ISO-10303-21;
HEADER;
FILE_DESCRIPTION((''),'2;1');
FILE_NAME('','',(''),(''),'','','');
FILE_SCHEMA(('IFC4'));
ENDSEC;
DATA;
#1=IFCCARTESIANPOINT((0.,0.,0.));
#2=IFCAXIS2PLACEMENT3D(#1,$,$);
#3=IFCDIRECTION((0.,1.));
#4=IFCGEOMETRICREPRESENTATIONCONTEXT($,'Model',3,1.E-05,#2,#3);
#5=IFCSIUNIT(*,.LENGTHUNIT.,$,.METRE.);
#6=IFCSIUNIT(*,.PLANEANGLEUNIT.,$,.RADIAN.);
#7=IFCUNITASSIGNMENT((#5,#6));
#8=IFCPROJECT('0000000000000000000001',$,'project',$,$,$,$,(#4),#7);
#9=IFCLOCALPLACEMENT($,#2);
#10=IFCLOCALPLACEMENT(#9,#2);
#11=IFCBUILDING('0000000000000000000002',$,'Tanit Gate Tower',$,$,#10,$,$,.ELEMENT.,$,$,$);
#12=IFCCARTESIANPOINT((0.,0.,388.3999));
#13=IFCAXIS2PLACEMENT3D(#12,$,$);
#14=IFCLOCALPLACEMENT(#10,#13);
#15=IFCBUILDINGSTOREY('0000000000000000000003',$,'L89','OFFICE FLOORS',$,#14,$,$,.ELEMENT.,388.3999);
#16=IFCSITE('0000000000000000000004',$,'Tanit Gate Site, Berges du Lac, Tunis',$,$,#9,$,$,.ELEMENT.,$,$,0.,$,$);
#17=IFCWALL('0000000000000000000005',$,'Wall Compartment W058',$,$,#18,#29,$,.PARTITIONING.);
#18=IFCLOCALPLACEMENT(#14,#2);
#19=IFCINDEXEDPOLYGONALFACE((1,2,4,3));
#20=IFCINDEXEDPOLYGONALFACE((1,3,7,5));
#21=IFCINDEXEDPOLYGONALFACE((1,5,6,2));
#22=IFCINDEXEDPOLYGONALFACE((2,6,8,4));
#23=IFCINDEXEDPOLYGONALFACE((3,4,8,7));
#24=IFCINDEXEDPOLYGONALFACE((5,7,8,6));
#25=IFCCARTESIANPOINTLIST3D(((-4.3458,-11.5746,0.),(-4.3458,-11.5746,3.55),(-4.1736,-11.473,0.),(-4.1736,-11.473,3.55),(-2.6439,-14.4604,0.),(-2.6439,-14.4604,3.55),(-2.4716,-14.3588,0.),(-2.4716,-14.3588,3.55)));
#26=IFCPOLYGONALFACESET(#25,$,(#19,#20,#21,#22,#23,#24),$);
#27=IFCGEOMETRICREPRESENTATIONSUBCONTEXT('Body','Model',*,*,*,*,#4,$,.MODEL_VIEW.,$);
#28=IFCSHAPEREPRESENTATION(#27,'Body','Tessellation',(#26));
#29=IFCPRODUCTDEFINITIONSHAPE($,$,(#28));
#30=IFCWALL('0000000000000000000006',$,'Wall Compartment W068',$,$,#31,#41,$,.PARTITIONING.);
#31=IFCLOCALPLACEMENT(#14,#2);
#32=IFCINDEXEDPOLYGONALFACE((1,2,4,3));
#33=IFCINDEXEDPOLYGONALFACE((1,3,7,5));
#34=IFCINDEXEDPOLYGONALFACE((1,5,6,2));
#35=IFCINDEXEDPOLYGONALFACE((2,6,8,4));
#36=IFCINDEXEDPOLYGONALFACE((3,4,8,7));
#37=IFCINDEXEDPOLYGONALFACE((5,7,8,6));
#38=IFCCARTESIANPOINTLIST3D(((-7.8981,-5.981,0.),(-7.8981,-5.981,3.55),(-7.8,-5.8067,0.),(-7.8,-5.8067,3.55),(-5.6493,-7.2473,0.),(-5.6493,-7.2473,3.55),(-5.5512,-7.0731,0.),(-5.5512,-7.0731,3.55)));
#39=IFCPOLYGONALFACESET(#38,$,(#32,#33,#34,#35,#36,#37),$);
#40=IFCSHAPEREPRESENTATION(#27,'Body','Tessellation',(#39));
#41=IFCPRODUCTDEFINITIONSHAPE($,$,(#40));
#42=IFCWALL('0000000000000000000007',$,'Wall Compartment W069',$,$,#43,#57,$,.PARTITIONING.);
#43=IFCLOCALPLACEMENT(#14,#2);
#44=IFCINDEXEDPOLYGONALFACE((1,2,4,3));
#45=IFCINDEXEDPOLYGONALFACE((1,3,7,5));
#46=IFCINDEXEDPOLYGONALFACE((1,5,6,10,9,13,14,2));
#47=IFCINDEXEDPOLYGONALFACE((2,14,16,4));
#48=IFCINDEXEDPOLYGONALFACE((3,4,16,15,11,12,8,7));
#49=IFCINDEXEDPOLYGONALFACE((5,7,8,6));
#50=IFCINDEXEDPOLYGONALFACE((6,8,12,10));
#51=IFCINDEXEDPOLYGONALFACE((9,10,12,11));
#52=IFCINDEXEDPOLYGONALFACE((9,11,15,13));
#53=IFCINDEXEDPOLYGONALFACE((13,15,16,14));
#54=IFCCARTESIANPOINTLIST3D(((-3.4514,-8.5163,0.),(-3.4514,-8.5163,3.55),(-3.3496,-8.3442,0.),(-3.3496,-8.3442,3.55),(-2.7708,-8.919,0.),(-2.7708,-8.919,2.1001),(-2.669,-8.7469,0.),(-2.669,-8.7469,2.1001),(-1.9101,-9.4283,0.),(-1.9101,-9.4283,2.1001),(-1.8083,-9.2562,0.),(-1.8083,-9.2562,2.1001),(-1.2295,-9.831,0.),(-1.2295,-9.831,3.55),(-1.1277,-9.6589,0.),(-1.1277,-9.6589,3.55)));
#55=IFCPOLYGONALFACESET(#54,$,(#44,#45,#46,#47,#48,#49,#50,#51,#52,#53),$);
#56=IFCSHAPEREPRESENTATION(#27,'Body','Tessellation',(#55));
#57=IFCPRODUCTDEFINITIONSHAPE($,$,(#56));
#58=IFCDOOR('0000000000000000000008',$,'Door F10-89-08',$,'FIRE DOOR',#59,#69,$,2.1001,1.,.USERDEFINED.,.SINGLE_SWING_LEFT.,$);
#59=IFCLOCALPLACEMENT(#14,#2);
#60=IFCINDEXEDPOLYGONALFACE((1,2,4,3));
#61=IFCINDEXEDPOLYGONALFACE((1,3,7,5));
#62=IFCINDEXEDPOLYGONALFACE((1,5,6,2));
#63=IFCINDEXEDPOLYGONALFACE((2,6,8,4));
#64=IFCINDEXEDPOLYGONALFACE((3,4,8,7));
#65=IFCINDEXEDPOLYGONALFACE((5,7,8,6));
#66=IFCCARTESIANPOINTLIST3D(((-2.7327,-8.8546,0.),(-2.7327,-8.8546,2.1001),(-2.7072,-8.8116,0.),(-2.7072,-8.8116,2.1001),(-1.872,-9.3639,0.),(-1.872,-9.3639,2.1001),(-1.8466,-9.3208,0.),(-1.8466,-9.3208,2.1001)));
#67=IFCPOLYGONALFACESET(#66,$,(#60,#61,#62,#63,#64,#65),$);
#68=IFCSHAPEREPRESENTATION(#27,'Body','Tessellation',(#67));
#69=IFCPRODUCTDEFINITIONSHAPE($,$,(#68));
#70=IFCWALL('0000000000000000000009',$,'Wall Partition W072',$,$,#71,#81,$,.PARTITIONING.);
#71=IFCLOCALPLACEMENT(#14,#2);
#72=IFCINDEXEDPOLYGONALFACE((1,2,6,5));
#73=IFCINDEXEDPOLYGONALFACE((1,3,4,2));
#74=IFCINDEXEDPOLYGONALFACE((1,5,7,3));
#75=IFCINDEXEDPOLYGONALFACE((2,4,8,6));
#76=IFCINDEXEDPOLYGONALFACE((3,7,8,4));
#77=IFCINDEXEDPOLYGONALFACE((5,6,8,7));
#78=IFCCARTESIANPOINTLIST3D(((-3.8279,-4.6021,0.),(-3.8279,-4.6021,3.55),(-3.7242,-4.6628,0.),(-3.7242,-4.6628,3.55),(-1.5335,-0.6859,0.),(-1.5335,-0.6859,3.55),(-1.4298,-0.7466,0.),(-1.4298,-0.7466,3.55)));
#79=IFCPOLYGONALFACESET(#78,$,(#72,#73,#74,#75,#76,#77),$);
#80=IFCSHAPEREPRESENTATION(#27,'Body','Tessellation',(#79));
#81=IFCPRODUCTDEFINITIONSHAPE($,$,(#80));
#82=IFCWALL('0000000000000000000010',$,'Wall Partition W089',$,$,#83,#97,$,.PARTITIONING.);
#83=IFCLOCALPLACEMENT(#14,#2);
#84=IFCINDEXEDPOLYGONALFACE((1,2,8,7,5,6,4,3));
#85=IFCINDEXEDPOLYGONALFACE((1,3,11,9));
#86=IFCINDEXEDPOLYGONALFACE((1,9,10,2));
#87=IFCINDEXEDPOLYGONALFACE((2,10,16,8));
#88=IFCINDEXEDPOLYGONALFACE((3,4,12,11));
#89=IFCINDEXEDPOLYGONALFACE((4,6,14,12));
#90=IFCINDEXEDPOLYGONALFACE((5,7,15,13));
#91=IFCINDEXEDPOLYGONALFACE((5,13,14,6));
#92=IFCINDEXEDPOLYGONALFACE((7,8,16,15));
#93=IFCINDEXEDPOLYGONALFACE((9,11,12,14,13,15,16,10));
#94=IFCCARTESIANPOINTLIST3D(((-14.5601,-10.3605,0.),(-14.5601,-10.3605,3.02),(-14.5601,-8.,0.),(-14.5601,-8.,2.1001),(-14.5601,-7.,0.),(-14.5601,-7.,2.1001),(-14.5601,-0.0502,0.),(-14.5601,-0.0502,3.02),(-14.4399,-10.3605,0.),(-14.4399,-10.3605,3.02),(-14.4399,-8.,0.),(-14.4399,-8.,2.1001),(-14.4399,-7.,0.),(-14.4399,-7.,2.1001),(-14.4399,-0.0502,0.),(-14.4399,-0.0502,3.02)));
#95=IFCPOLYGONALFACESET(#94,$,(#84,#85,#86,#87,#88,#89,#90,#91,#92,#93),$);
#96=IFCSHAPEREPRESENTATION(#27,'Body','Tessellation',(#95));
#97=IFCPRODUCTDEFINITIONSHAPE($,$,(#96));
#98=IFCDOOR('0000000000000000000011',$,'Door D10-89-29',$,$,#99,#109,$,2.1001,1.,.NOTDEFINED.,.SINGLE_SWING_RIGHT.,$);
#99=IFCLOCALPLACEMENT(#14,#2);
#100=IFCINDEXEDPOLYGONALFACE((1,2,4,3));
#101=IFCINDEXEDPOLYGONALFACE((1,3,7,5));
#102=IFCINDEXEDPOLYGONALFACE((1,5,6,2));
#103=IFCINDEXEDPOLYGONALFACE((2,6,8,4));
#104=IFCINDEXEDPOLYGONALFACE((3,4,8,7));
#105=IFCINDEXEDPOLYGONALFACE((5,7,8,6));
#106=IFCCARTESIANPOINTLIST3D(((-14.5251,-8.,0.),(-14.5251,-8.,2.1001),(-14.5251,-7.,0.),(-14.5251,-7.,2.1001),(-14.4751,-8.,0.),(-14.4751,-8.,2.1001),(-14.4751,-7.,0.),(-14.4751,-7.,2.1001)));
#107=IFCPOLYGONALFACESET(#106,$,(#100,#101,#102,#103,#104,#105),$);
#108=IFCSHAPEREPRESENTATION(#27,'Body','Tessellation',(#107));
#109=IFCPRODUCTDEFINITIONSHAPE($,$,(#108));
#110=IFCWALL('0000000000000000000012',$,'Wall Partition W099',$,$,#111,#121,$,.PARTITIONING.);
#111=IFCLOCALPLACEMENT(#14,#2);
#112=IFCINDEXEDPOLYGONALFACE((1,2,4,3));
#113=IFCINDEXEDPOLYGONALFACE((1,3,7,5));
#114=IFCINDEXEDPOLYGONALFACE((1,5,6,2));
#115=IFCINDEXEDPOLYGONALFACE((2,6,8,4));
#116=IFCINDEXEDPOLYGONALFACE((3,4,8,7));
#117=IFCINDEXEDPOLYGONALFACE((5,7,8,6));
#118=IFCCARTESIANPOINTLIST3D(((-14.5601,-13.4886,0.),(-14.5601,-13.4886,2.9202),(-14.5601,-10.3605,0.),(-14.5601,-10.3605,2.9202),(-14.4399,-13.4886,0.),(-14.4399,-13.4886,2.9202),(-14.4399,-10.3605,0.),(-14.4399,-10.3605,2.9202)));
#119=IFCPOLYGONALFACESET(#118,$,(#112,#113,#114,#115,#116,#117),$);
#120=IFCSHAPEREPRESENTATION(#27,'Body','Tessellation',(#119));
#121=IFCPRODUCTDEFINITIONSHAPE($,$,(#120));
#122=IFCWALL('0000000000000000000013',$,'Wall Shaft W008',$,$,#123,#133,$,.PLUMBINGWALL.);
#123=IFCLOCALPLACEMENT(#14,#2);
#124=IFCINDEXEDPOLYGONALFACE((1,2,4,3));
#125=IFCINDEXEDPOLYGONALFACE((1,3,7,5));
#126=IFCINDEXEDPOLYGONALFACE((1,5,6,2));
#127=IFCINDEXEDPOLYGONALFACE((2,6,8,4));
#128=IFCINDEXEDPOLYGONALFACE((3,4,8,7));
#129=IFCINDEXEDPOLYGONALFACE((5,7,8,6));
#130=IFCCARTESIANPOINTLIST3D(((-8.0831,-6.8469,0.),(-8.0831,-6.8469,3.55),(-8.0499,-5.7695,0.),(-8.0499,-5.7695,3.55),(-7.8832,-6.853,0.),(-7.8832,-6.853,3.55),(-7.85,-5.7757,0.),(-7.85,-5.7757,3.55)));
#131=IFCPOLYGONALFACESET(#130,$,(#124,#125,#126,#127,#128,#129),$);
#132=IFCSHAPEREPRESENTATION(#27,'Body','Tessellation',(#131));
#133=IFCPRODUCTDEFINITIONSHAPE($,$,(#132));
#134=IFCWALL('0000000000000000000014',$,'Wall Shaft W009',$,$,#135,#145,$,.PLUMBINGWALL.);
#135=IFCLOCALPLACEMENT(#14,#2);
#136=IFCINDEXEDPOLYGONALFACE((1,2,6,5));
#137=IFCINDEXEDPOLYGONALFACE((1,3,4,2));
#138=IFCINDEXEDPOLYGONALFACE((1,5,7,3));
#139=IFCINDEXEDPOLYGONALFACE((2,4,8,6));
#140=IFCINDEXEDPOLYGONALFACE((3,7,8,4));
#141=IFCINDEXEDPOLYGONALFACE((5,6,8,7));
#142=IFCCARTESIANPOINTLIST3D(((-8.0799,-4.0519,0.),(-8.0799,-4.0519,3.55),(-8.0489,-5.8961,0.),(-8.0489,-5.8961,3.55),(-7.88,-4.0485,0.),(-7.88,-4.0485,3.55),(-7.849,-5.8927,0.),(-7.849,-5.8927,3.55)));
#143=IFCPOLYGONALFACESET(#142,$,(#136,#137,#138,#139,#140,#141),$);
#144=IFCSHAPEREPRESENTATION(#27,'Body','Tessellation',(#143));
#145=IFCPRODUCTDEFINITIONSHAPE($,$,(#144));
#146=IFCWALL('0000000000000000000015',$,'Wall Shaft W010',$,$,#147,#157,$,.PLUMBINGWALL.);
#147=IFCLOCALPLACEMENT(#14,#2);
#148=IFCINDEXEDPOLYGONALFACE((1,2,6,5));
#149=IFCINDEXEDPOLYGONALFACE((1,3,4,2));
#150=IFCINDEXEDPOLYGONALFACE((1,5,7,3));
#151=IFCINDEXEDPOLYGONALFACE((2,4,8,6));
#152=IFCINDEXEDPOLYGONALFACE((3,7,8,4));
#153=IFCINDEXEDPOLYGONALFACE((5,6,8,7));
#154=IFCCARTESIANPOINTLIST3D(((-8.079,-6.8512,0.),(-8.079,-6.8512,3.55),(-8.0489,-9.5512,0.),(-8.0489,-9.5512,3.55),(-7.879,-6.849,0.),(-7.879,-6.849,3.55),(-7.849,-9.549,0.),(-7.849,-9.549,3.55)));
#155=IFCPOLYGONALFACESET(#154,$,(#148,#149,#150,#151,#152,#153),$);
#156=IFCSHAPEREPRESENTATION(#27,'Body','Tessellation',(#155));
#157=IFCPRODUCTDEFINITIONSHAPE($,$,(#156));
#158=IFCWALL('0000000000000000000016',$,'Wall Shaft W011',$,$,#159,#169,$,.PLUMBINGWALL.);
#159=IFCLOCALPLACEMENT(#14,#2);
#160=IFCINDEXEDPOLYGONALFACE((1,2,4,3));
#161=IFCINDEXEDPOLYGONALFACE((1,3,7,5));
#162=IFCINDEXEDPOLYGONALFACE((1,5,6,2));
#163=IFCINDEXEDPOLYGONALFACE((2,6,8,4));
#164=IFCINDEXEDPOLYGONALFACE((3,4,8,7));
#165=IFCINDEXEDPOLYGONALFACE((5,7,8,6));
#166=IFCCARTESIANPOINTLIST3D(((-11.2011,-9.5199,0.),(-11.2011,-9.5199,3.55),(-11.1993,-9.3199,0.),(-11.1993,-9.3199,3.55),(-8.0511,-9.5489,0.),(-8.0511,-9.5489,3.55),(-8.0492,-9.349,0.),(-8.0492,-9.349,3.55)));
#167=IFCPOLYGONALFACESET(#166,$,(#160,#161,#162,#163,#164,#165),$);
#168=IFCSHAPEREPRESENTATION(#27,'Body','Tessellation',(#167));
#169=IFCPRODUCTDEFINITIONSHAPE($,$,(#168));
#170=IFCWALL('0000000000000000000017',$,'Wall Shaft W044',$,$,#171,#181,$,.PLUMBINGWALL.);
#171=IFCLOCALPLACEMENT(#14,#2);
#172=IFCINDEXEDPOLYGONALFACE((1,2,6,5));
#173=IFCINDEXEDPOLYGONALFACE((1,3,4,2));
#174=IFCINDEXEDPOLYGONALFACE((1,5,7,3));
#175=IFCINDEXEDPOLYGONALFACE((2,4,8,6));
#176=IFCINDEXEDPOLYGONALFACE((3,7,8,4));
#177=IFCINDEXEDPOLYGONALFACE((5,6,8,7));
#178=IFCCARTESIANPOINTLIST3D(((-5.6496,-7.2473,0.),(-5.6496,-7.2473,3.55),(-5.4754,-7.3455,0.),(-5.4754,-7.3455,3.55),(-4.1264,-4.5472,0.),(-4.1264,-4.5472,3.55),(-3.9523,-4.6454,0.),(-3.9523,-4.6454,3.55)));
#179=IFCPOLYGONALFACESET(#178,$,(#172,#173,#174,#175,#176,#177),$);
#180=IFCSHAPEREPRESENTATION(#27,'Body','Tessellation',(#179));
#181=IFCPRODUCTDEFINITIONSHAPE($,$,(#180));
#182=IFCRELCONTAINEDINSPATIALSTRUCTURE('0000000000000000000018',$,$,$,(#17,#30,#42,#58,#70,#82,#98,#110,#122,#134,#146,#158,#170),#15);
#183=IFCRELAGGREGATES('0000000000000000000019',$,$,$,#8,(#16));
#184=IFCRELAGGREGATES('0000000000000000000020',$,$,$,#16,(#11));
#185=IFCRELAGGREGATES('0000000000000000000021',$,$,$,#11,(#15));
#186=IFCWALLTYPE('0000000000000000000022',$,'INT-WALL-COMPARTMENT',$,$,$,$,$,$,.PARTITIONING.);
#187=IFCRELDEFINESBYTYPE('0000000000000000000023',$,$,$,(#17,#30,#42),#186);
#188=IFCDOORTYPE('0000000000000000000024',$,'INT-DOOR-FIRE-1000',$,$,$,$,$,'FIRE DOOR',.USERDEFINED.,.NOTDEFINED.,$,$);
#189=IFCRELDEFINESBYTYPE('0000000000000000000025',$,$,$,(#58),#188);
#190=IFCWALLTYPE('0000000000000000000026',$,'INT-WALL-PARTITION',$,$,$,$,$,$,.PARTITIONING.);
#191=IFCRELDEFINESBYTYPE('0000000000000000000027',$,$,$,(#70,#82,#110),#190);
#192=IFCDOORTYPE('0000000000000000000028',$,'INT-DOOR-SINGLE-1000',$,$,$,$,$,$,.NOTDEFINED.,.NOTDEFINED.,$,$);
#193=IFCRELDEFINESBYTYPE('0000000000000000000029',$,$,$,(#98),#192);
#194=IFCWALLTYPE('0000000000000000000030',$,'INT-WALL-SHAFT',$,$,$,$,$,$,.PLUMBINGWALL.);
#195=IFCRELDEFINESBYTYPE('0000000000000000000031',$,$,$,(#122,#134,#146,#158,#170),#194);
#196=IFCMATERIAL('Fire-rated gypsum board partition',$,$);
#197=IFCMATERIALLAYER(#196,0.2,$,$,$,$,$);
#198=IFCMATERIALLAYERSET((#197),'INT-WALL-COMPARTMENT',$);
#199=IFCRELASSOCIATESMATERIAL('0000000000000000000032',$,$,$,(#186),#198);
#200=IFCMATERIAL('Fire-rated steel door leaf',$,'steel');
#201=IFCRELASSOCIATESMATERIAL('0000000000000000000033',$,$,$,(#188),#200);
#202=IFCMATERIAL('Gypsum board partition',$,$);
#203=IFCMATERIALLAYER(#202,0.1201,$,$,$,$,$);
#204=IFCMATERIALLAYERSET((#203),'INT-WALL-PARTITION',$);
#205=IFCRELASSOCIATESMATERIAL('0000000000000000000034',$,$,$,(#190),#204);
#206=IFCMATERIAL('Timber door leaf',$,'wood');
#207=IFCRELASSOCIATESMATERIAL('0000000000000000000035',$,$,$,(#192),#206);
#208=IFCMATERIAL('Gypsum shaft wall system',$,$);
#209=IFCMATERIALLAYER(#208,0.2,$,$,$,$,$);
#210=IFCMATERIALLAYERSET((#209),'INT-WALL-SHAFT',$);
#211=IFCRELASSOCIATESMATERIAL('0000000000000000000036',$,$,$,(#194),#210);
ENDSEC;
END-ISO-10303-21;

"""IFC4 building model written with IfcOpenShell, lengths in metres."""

from ifc_helpers import new_model, si_unit, direction, frame, frame_2d, origin, place, context, subcontext, project, spatial, rectangle, extrude, material, layer, layer_set, type_object, element, fill, save


model = new_model("IFC4")

# Units and contexts
model_context = context("Model", 3, precision=1e-05, world=origin(), true_north=direction((0.0, 1.0)))
body_context = subcontext(model_context, "Body", "Model", "MODEL_VIEW")
ifc_project = project(units=[si_unit("LENGTHUNIT", "METRE"), si_unit("PLANEANGLEUNIT", "RADIAN")], contexts=[model_context])

# Site, building, storey
site_placement = place(None, origin())
site = spatial("IfcSite", under=ifc_project, at=site_placement, Name="Tanit Gate Site, Berges du Lac, Tunis", CompositionType="ELEMENT", RefElevation=0.0)
building_placement = place(site_placement, origin())
building = spatial("IfcBuilding", under=site, at=building_placement, Name="Tanit Gate Tower", CompositionType="ELEMENT")
storey_placement = place(building_placement, frame((0.0, 0.0, 388.3999)))
storey = spatial("IfcBuildingStorey", under=building, at=storey_placement, Name="L89", Description="OFFICE FLOORS", CompositionType="ELEMENT", Elevation=388.3999)

# Walls
ifc_material_1 = material(Name="Fire-rated gypsum board partition")
ifc_layer_1 = layer(ifc_material_1, 0.2)
ifc_layer_set_1 = layer_set([ifc_layer_1], Name="INT-WALL-COMPARTMENT")
wall_type_1 = type_object("IfcWallType", Name="INT-WALL-COMPARTMENT", PredefinedType="PARTITIONING", material=ifc_layer_set_1)
wall_1_placement = place(storey_placement, frame((-4.2598, -11.5237, 0.0), z_axis=(0.0, 0.0, 1.0), x_axis=(0.507997, -0.861359, 0.0)))
element("IfcWall", 1, at=wall_1_placement, inside=storey, type_object=wall_type_1, Name="Wall Compartment W058", PredefinedType="PARTITIONING", context=body_context, shape_type="SweptSolid", body=[
    extrude(rectangle(XDim=3.3503, YDim=0.2, at=frame_2d((1.6753, 0.0))), origin(), (0.0, 0.0, 1.0), 3.55),
])
wall_2_placement = place(storey_placement, frame((-7.8491, -5.8938, 0.0), z_axis=(0.0, 0.0, 1.0), x_axis=(0.87134, -0.490679, 0.0)))
element("IfcWall", 2, at=wall_2_placement, inside=storey, type_object=wall_type_1, Name="Wall Compartment W068", PredefinedType="PARTITIONING", context=body_context, shape_type="SweptSolid", body=[
    extrude(rectangle(XDim=2.5808, YDim=0.2, at=frame_2d((1.2905, 0.0))), origin(), (0.0, 0.0, 1.0), 3.55),
])

# Wall, opening, door
wall_3_placement = place(storey_placement, frame((-3.4006, -8.4302, 0.0), z_axis=(0.0, 0.0, 1.0), x_axis=(0.860631, -0.509229, 0.0)))
wall_3 = element("IfcWall", 3, at=wall_3_placement, inside=storey, type_object=wall_type_1, Name="Wall Compartment W069", PredefinedType="PARTITIONING", context=body_context, shape_type="SweptSolid", body=[
    extrude(rectangle(XDim=2.5818, YDim=0.2, at=frame_2d((1.291, 0.0))), origin(), (0.0, 0.0, 1.0), 3.55),
])
opening_1_placement = place(wall_3_placement, frame((0.791, 0.0, 0.0)))
opening_1 = element("IfcOpeningElement", 4, at=opening_1_placement, cuts=wall_3, PredefinedType="OPENING", context=body_context, shape_type="SweptSolid", body=[
    extrude(rectangle(XDim=1.0, YDim=2.1001, at=frame_2d((0.5, 1.05))), frame((0.0, 0.1099, 0.0), z_axis=(0.0, -1.0, 0.0), x_axis=(1.0, 0.0, 0.0)), (0.0, 0.0, 1.0), 0.22),
])
ifc_material_2 = material(Name="Fire-rated steel door leaf", Category="steel")
door_type_1 = type_object("IfcDoorType", Name="INT-DOOR-FIRE-1000", ElementType="FIRE DOOR", OperationType="NOTDEFINED", PredefinedType="USERDEFINED", material=ifc_material_2)
door_1_placement = place(opening_1_placement, origin())
door_1 = element("IfcDoor", 5, at=door_1_placement, inside=storey, type_object=door_type_1, Name="Door F10-89-08", ObjectType="FIRE DOOR", OperationType="SINGLE_SWING_LEFT", OverallHeight=2.1001, OverallWidth=1.0, PredefinedType="USERDEFINED", context=body_context, shape_type="SweptSolid", body=[
    extrude(rectangle(XDim=1.0, YDim=2.1001, at=frame_2d((0.5, 1.05))), frame((0.0, 0.0249, 0.0), z_axis=(0.0, -1.0, 0.0), x_axis=(1.0, 0.0, 0.0)), (0.0, 0.0, 1.0), 0.05),
])
fill(opening_1, door_1)

# Wall
ifc_material_3 = material(Name="Gypsum board partition")
ifc_layer_2 = layer(ifc_material_3, 0.1201)
ifc_layer_set_2 = layer_set([ifc_layer_2], Name="INT-WALL-PARTITION")
wall_type_2 = type_object("IfcWallType", Name="INT-WALL-PARTITION", PredefinedType="PARTITIONING", material=ifc_layer_set_2)
wall_4_placement = place(storey_placement, frame((-3.7761, -4.6326, 0.0), z_axis=(0.0, 0.0, 1.0), x_axis=(0.505506, 0.862823, 0.0)))
element("IfcWall", 6, at=wall_4_placement, inside=storey, type_object=wall_type_2, Name="Wall Partition W072", PredefinedType="PARTITIONING", context=body_context, shape_type="SweptSolid", body=[
    extrude(rectangle(XDim=4.5388, YDim=0.1201, at=frame_2d((2.2695, 0.0))), origin(), (0.0, 0.0, 1.0), 3.55),
])

# Wall, opening, door
wall_5_placement = place(storey_placement, frame((-14.5, -0.05, 0.0), z_axis=(0.0, 0.0, 1.0), x_axis=(0.0, -1.0, 0.0)))
wall_5 = element("IfcWall", 7, at=wall_5_placement, inside=storey, type_object=wall_type_2, Name="Wall Partition W089", PredefinedType="PARTITIONING", context=body_context, shape_type="SweptSolid", body=[
    extrude(rectangle(XDim=10.3103, YDim=0.1201, at=frame_2d((5.1553, 0.0))), origin(), (0.0, 0.0, 1.0), 3.02),
])
opening_2_placement = place(wall_5_placement, frame((6.95, 0.0, 0.0)))
opening_2 = element("IfcOpeningElement", 8, at=opening_2_placement, cuts=wall_5, PredefinedType="OPENING", context=body_context, shape_type="SweptSolid", body=[
    extrude(rectangle(XDim=1.0, YDim=2.1001, at=frame_2d((0.5, 1.05))), frame((0.0, 0.0701, 0.0), z_axis=(0.0, -1.0, 0.0), x_axis=(1.0, 0.0, 0.0)), (0.0, 0.0, 1.0), 0.1401),
])
ifc_material_4 = material(Name="Timber door leaf", Category="wood")
door_type_2 = type_object("IfcDoorType", Name="INT-DOOR-SINGLE-1000", OperationType="NOTDEFINED", PredefinedType="NOTDEFINED", material=ifc_material_4)
door_2_placement = place(opening_2_placement, origin())
door_2 = element("IfcDoor", 9, at=door_2_placement, inside=storey, type_object=door_type_2, Name="Door D10-89-29", OperationType="SINGLE_SWING_RIGHT", OverallHeight=2.1001, OverallWidth=1.0, PredefinedType="NOTDEFINED", context=body_context, shape_type="SweptSolid", body=[
    extrude(rectangle(XDim=1.0, YDim=2.1001, at=frame_2d((0.5, 1.05))), frame((0.0, 0.0249, 0.0), z_axis=(0.0, -1.0, 0.0), x_axis=(1.0, 0.0, 0.0)), (0.0, 0.0, 1.0), 0.05),
])
fill(opening_2, door_2)

# Walls
wall_6_placement = place(storey_placement, frame((-14.5, -13.4885, 0.0), z_axis=(0.0, 0.0, 1.0), x_axis=(0.0, 1.0, 0.0)))
element("IfcWall", 10, at=wall_6_placement, inside=storey, type_object=wall_type_2, Name="Wall Partition W099", PredefinedType="PARTITIONING", context=body_context, shape_type="SweptSolid", body=[
    extrude(rectangle(XDim=3.1282, YDim=0.1201, at=frame_2d((1.564, 0.0))), origin(), (0.0, 0.0, 1.0), 2.9202),
])
ifc_material_5 = material(Name="Gypsum shaft wall system")
ifc_layer_3 = layer(ifc_material_5, 0.2)
ifc_layer_set_3 = layer_set([ifc_layer_3], Name="INT-WALL-SHAFT")
wall_type_3 = type_object("IfcWallType", Name="INT-WALL-SHAFT", PredefinedType="PLUMBINGWALL", material=ifc_layer_set_3)
wall_7_placement = place(storey_placement, frame((-7.95, -5.7725, 0.0), z_axis=(0.0, 0.0, 1.0), x_axis=(-0.030803, -0.999525, 0.0)))
element("IfcWall", 11, at=wall_7_placement, inside=storey, type_object=wall_type_3, Name="Wall Shaft W008", PredefinedType="PLUMBINGWALL", context=body_context, shape_type="SweptSolid", body=[
    extrude(rectangle(XDim=1.0779, YDim=0.2, at=frame_2d((0.5391, 0.0))), origin(), (0.0, 0.0, 1.0), 3.55),
])
wall_8_placement = place(storey_placement, frame((-7.98, -4.05, 0.0), z_axis=(0.0, 0.0, 1.0), x_axis=(0.01681, -0.999859, 0.0)))
element("IfcWall", 12, at=wall_8_placement, inside=storey, type_object=wall_type_3, Name="Wall Shaft W009", PredefinedType="PLUMBINGWALL", context=body_context, shape_type="SweptSolid", body=[
    extrude(rectangle(XDim=1.8445, YDim=0.2, at=frame_2d((0.9224, 0.0))), origin(), (0.0, 0.0, 1.0), 3.55),
])
wall_9_placement = place(storey_placement, frame((-7.979, -6.8501, 0.0), z_axis=(0.0, 0.0, 1.0), x_axis=(0.011121, -0.999938, 0.0)))
element("IfcWall", 13, at=wall_9_placement, inside=storey, type_object=wall_type_3, Name="Wall Shaft W010", PredefinedType="PLUMBINGWALL", context=body_context, shape_type="SweptSolid", body=[
    extrude(rectangle(XDim=2.7002, YDim=0.2, at=frame_2d((1.3501, 0.0))), origin(), (0.0, 0.0, 1.0), 3.55),
])
wall_10_placement = place(storey_placement, frame((-8.05, -9.449, 0.0), z_axis=(0.0, 0.0, 1.0), x_axis=(-0.999957, 0.009223, 0.0)))
element("IfcWall", 14, at=wall_10_placement, inside=storey, type_object=wall_type_3, Name="Wall Shaft W011", PredefinedType="PLUMBINGWALL", context=body_context, shape_type="SweptSolid", body=[
    extrude(rectangle(XDim=3.1501, YDim=0.2, at=frame_2d((1.5752, 0.0))), origin(), (0.0, 0.0, 1.0), 3.55),
])

# Wall
wall_11_placement = place(storey_placement, frame((-5.5625, -7.2964, 0.0), z_axis=(0.0, 0.0, 1.0), x_axis=(0.491323, 0.870978, 0.0)))
element("IfcWall", 15, at=wall_11_placement, inside=storey, type_object=wall_type_3, Name="Wall Shaft W044", PredefinedType="PLUMBINGWALL", context=body_context, shape_type="SweptSolid", body=[
    extrude(rectangle(XDim=3.1001, YDim=0.2, at=frame_2d((1.55, 0.0))), origin(), (0.0, 0.0, 1.0), 3.55),
])

save(model, "model.ifc")
